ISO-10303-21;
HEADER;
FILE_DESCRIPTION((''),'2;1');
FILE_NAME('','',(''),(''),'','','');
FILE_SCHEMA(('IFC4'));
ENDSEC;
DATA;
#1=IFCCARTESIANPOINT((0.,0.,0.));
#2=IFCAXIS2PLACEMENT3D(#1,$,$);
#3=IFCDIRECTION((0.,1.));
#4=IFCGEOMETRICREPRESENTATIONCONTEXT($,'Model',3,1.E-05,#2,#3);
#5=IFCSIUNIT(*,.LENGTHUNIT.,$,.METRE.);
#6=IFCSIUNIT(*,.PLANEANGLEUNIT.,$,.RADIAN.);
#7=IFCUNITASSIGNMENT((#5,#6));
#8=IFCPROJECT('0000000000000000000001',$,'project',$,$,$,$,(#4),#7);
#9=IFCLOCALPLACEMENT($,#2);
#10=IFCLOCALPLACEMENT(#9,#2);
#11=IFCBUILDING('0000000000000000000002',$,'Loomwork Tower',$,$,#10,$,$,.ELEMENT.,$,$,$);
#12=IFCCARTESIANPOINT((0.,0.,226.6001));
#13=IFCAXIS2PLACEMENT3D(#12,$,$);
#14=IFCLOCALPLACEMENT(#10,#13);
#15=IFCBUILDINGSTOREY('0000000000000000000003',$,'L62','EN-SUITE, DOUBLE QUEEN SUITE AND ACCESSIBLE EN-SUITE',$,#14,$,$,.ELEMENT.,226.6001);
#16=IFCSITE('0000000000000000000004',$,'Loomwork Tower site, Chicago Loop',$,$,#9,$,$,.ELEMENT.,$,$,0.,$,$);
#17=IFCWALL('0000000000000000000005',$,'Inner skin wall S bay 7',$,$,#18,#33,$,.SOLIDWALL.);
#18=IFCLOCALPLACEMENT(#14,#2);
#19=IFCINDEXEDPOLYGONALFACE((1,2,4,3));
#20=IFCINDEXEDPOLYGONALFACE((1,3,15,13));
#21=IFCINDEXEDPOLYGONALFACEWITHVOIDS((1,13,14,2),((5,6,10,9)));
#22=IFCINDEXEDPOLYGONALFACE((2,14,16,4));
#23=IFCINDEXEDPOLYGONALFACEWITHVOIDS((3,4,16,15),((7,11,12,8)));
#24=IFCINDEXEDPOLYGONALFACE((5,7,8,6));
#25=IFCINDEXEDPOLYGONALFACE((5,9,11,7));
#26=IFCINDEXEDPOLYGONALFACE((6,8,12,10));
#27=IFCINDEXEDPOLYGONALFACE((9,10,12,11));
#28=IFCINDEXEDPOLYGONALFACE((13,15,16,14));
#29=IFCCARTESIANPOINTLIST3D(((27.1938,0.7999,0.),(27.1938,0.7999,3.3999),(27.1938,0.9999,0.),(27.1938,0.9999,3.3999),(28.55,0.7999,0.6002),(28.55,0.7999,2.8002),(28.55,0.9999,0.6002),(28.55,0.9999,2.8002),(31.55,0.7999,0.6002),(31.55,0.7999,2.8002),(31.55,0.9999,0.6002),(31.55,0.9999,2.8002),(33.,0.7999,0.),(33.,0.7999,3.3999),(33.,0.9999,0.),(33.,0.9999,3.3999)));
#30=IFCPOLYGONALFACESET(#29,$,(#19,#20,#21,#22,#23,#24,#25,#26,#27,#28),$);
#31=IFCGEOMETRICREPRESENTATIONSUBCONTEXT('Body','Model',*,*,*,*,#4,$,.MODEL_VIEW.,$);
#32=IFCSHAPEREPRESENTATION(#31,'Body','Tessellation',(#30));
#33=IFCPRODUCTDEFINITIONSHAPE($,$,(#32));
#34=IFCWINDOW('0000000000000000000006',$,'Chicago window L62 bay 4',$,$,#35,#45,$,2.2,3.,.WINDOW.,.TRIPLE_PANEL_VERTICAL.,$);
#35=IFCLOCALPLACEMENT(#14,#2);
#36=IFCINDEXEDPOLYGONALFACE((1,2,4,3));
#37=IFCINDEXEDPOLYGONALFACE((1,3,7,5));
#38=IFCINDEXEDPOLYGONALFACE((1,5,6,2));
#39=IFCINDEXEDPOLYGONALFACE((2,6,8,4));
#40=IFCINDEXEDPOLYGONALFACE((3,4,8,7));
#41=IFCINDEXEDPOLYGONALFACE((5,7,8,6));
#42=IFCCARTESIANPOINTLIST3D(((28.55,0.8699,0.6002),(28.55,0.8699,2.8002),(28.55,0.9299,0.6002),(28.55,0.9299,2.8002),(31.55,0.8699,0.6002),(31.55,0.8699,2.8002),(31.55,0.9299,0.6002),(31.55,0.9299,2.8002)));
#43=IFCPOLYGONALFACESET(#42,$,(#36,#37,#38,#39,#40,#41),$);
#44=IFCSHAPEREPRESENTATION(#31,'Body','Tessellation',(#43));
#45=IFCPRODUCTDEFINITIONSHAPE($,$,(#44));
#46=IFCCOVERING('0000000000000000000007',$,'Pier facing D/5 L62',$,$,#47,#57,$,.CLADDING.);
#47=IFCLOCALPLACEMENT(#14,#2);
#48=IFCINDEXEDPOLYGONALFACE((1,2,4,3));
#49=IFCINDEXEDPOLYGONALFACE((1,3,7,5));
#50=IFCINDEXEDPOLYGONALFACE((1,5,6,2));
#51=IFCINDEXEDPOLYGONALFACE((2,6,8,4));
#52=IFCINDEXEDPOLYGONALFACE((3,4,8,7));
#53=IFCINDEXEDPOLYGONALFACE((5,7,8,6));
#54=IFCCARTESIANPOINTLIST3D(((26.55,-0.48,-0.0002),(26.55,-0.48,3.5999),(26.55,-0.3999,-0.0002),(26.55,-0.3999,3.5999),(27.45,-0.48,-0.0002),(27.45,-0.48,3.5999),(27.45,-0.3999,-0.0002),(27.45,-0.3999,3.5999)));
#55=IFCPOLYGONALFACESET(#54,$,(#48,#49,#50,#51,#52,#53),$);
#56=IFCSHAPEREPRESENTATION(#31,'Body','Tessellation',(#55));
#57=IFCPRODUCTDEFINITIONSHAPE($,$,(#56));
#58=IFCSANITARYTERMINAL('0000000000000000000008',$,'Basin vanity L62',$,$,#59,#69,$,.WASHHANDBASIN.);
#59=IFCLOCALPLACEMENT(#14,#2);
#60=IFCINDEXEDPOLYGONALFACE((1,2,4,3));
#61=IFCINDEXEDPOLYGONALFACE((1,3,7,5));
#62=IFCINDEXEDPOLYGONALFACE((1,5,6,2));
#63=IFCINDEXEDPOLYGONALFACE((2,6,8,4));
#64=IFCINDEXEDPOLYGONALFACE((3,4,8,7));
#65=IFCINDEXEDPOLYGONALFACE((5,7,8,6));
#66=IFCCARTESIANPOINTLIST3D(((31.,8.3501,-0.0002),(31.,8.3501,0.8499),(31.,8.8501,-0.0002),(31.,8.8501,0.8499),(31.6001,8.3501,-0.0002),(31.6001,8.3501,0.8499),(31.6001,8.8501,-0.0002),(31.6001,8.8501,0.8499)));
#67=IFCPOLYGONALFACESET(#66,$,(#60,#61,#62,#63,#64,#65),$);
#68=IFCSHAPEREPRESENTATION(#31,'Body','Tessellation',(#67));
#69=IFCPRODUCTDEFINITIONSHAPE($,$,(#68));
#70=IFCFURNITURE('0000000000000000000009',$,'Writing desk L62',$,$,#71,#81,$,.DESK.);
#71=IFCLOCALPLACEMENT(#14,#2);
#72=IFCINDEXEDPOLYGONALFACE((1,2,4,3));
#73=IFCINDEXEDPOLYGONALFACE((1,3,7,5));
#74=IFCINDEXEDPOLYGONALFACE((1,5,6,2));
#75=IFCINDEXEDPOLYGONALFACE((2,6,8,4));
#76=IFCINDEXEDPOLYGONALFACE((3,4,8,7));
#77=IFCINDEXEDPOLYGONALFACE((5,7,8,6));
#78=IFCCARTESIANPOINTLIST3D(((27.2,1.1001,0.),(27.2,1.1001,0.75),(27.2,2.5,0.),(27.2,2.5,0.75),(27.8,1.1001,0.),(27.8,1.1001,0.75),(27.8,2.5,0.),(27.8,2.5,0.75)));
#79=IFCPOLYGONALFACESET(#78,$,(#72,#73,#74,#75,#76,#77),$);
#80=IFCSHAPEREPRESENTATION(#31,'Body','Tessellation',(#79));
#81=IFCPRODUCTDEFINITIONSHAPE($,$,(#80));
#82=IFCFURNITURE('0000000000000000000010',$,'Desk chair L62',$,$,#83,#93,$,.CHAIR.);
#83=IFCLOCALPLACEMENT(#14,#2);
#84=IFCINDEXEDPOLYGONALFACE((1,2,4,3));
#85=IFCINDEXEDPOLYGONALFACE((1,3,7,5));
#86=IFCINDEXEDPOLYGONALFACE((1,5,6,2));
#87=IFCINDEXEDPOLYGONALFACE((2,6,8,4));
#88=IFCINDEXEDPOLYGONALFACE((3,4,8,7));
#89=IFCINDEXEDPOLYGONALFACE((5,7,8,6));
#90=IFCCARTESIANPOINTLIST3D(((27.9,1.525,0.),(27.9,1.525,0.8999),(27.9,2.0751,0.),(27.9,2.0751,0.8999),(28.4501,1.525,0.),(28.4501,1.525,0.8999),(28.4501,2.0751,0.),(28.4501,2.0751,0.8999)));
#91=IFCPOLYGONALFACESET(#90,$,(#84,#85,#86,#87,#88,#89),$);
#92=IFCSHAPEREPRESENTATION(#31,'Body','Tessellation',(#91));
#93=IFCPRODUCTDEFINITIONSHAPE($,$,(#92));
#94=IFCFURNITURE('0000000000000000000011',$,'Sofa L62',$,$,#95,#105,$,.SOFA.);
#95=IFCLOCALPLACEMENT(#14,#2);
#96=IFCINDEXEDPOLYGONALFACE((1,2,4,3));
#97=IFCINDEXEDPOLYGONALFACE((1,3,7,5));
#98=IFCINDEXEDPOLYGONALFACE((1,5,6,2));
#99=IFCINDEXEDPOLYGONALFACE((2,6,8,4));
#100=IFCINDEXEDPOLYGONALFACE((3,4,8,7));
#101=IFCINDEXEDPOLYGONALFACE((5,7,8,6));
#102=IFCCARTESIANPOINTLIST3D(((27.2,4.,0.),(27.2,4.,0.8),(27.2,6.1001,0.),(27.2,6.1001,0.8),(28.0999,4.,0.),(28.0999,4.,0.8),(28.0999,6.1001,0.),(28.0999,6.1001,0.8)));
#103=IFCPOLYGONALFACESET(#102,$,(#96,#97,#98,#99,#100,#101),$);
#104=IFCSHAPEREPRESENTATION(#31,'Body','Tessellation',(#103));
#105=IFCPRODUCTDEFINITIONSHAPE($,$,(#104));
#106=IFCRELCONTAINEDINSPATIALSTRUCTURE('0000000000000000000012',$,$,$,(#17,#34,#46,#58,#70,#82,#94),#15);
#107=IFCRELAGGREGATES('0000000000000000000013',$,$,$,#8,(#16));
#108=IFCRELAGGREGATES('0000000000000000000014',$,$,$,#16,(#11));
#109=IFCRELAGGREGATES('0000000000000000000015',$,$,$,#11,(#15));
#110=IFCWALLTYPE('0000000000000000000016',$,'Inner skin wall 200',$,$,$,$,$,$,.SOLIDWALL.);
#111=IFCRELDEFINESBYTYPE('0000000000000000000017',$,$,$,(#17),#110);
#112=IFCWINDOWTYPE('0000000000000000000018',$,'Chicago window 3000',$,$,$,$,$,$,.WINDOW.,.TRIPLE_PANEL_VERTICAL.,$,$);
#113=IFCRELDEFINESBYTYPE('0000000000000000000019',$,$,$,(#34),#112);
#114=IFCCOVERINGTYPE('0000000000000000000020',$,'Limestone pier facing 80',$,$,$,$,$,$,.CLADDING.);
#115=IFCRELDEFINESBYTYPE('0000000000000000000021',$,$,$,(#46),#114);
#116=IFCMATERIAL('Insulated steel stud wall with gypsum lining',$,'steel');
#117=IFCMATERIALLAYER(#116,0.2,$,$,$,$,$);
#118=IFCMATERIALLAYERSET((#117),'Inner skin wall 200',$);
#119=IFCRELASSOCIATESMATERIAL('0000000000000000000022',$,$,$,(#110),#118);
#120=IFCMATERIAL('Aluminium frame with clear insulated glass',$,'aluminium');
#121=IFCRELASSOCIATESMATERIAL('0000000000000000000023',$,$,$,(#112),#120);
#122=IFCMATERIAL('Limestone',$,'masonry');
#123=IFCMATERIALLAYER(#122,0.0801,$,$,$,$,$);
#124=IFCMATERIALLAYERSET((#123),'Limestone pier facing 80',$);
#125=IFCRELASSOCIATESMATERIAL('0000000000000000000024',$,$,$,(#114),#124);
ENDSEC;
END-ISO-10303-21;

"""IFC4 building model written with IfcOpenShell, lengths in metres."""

from ifc_helpers import new_model, si_unit, direction, frame, frame_2d, origin, origin_2d, place, context, subcontext, project, spatial, rectangle, extrude, material, layer, layer_set, type_object, element, fill, save


model = new_model("IFC4")

# Units and contexts
model_context = context("Model", 3, precision=1e-05, world=origin(), true_north=direction((0.0, 1.0)))
body_context = subcontext(model_context, "Body", "Model", "MODEL_VIEW")
ifc_project = project(units=[si_unit("LENGTHUNIT", "METRE"), si_unit("PLANEANGLEUNIT", "RADIAN")], contexts=[model_context])

# Site, building, storey
site_placement = place(None, origin())
site = spatial("IfcSite", under=ifc_project, at=site_placement, Name="Loomwork Tower site, Chicago Loop", CompositionType="ELEMENT", RefElevation=0.0)
building_placement = place(site_placement, origin())
building = spatial("IfcBuilding", under=site, at=building_placement, Name="Loomwork Tower", CompositionType="ELEMENT")
storey_placement = place(building_placement, frame((0.0, 0.0, 226.6001)))
storey = spatial("IfcBuildingStorey", under=building, at=storey_placement, Name="L62", Description="EN-SUITE, DOUBLE QUEEN SUITE AND ACCESSIBLE EN-SUITE", CompositionType="ELEMENT", Elevation=226.6001)

# Shared definitions
ifc_material_1 = material(Name="Insulated steel stud wall with gypsum lining", Category="steel")
ifc_layer_1 = layer(ifc_material_1, 0.2)
ifc_layer_set_1 = layer_set([ifc_layer_1], Name="Inner skin wall 200")
wall_type_1 = type_object("IfcWallType", Name="Inner skin wall 200", PredefinedType="SOLIDWALL", material=ifc_layer_set_1)

# Wall, opening, window
wall_1_placement = place(storey_placement, frame((27.1938, 0.8999, 0.0), z_axis=(0.0, 0.0, 1.0), x_axis=(1.0, 0.0, 0.0)))
wall_1 = element("IfcWall", 1, at=wall_1_placement, inside=storey, type_object=wall_type_1, Name="Inner skin wall S bay 7", PredefinedType="SOLIDWALL", context=body_context, shape_type="SweptSolid", body=[
    extrude(rectangle(XDim=5.8062, YDim=0.2, at=frame_2d((2.9031, 0.0))), origin(), (0.0, 0.0, 1.0), 3.3999),
])
opening_1_placement = place(wall_1_placement, frame((1.3562, 0.0, 0.6001)))
opening_1 = element("IfcOpeningElement", 2, at=opening_1_placement, cuts=wall_1, PredefinedType="OPENING", context=body_context, shape_type="SweptSolid", body=[
    extrude(rectangle(XDim=3.0, YDim=2.2, at=frame_2d((1.5, 1.1001))), frame((0.0, 0.1099, 0.0), z_axis=(0.0, -1.0, 0.0), x_axis=(1.0, 0.0, 0.0)), (0.0, 0.0, 1.0), 0.22),
])
ifc_material_2 = material(Name="Aluminium frame with clear insulated glass", Category="aluminium")
window_type = type_object("IfcWindowType", Name="Chicago window 3000", PartitioningType="TRIPLE_PANEL_VERTICAL", PredefinedType="WINDOW", material=ifc_material_2)
window_placement = place(opening_1_placement, origin())
window = element("IfcWindow", 3, at=window_placement, inside=storey, type_object=window_type, Name="Chicago window L62 bay 4", OverallHeight=2.2, OverallWidth=3.0, PartitioningType="TRIPLE_PANEL_VERTICAL", PredefinedType="WINDOW", context=body_context, shape_type="SweptSolid", body=[
    extrude(rectangle(XDim=3.0, YDim=2.2, at=frame_2d((1.5, 1.1001))), frame((0.0, 0.03, 0.0), z_axis=(0.0, -1.0, 0.0), x_axis=(1.0, 0.0, 0.0)), (0.0, 0.0, 1.0), 0.0601),
])
fill(opening_1, window)

# Covering
ifc_material_3 = material(Name="Limestone", Category="masonry")
ifc_layer_2 = layer(ifc_material_3, 0.0801)
ifc_layer_set_2 = layer_set([ifc_layer_2], Name="Limestone pier facing 80")
covering_type = type_object("IfcCoveringType", Name="Limestone pier facing 80", PredefinedType="CLADDING", material=ifc_layer_set_2)
covering_placement = place(storey_placement, frame((27.0, -0.4399, -0.0002), z_axis=(0.0, 0.0, 1.0), x_axis=(1.0, 0.0, 0.0)))
element("IfcCovering", 4, at=covering_placement, inside=storey, type_object=covering_type, Name="Pier facing D/5 L62", PredefinedType="CLADDING", context=body_context, shape_type="SweptSolid", body=[
    extrude(rectangle(XDim=0.8999, YDim=0.0801, at=origin_2d()), origin(), (0.0, 0.0, 1.0), 3.6001),
])

# Sanitary terminal
sanitary_terminal_placement = place(storey_placement, frame((31.3, 8.6001, -0.0002), z_axis=(0.0, 0.0, 1.0), x_axis=(1.0, 0.0, 0.0)))
element("IfcSanitaryTerminal", 5, at=sanitary_terminal_placement, inside=storey, Name="Basin vanity L62", PredefinedType="WASHHANDBASIN", context=body_context, shape_type="SweptSolid", body=[
    extrude(rectangle(XDim=0.6001, YDim=0.5, at=origin_2d()), origin(), (0.0, 0.0, 1.0), 0.8501),
])

# Furniture
furniture_1_placement = place(storey_placement, frame((27.5, 1.8, 0.0), z_axis=(0.0, 0.0, 1.0), x_axis=(1.0, 0.0, 0.0)))
element("IfcFurniture", 6, at=furniture_1_placement, inside=storey, Name="Writing desk L62", PredefinedType="DESK", context=body_context, shape_type="SweptSolid", body=[
    extrude(rectangle(XDim=0.6001, YDim=1.3999, at=origin_2d()), origin(), (0.0, 0.0, 1.0), 0.75),
])
furniture_2_placement = place(storey_placement, frame((28.175, 1.8, 0.0), z_axis=(0.0, 0.0, 1.0), x_axis=(1.0, 0.0, 0.0)))
element("IfcFurniture", 7, at=furniture_2_placement, inside=storey, Name="Desk chair L62", PredefinedType="CHAIR", context=body_context, shape_type="SweptSolid", body=[
    extrude(rectangle(XDim=0.55, YDim=0.55, at=origin_2d()), origin(), (0.0, 0.0, 1.0), 0.8999),
])
furniture_3_placement = place(storey_placement, frame((27.6499, 5.05, 0.0), z_axis=(0.0, 0.0, 1.0), x_axis=(1.0, 0.0, 0.0)))
element("IfcFurniture", 8, at=furniture_3_placement, inside=storey, Name="Sofa L62", PredefinedType="SOFA", context=body_context, shape_type="SweptSolid", body=[
    extrude(rectangle(XDim=0.8999, YDim=2.1001, at=origin_2d()), origin(), (0.0, 0.0, 1.0), 0.8),
])

save(model, "model.ifc")
